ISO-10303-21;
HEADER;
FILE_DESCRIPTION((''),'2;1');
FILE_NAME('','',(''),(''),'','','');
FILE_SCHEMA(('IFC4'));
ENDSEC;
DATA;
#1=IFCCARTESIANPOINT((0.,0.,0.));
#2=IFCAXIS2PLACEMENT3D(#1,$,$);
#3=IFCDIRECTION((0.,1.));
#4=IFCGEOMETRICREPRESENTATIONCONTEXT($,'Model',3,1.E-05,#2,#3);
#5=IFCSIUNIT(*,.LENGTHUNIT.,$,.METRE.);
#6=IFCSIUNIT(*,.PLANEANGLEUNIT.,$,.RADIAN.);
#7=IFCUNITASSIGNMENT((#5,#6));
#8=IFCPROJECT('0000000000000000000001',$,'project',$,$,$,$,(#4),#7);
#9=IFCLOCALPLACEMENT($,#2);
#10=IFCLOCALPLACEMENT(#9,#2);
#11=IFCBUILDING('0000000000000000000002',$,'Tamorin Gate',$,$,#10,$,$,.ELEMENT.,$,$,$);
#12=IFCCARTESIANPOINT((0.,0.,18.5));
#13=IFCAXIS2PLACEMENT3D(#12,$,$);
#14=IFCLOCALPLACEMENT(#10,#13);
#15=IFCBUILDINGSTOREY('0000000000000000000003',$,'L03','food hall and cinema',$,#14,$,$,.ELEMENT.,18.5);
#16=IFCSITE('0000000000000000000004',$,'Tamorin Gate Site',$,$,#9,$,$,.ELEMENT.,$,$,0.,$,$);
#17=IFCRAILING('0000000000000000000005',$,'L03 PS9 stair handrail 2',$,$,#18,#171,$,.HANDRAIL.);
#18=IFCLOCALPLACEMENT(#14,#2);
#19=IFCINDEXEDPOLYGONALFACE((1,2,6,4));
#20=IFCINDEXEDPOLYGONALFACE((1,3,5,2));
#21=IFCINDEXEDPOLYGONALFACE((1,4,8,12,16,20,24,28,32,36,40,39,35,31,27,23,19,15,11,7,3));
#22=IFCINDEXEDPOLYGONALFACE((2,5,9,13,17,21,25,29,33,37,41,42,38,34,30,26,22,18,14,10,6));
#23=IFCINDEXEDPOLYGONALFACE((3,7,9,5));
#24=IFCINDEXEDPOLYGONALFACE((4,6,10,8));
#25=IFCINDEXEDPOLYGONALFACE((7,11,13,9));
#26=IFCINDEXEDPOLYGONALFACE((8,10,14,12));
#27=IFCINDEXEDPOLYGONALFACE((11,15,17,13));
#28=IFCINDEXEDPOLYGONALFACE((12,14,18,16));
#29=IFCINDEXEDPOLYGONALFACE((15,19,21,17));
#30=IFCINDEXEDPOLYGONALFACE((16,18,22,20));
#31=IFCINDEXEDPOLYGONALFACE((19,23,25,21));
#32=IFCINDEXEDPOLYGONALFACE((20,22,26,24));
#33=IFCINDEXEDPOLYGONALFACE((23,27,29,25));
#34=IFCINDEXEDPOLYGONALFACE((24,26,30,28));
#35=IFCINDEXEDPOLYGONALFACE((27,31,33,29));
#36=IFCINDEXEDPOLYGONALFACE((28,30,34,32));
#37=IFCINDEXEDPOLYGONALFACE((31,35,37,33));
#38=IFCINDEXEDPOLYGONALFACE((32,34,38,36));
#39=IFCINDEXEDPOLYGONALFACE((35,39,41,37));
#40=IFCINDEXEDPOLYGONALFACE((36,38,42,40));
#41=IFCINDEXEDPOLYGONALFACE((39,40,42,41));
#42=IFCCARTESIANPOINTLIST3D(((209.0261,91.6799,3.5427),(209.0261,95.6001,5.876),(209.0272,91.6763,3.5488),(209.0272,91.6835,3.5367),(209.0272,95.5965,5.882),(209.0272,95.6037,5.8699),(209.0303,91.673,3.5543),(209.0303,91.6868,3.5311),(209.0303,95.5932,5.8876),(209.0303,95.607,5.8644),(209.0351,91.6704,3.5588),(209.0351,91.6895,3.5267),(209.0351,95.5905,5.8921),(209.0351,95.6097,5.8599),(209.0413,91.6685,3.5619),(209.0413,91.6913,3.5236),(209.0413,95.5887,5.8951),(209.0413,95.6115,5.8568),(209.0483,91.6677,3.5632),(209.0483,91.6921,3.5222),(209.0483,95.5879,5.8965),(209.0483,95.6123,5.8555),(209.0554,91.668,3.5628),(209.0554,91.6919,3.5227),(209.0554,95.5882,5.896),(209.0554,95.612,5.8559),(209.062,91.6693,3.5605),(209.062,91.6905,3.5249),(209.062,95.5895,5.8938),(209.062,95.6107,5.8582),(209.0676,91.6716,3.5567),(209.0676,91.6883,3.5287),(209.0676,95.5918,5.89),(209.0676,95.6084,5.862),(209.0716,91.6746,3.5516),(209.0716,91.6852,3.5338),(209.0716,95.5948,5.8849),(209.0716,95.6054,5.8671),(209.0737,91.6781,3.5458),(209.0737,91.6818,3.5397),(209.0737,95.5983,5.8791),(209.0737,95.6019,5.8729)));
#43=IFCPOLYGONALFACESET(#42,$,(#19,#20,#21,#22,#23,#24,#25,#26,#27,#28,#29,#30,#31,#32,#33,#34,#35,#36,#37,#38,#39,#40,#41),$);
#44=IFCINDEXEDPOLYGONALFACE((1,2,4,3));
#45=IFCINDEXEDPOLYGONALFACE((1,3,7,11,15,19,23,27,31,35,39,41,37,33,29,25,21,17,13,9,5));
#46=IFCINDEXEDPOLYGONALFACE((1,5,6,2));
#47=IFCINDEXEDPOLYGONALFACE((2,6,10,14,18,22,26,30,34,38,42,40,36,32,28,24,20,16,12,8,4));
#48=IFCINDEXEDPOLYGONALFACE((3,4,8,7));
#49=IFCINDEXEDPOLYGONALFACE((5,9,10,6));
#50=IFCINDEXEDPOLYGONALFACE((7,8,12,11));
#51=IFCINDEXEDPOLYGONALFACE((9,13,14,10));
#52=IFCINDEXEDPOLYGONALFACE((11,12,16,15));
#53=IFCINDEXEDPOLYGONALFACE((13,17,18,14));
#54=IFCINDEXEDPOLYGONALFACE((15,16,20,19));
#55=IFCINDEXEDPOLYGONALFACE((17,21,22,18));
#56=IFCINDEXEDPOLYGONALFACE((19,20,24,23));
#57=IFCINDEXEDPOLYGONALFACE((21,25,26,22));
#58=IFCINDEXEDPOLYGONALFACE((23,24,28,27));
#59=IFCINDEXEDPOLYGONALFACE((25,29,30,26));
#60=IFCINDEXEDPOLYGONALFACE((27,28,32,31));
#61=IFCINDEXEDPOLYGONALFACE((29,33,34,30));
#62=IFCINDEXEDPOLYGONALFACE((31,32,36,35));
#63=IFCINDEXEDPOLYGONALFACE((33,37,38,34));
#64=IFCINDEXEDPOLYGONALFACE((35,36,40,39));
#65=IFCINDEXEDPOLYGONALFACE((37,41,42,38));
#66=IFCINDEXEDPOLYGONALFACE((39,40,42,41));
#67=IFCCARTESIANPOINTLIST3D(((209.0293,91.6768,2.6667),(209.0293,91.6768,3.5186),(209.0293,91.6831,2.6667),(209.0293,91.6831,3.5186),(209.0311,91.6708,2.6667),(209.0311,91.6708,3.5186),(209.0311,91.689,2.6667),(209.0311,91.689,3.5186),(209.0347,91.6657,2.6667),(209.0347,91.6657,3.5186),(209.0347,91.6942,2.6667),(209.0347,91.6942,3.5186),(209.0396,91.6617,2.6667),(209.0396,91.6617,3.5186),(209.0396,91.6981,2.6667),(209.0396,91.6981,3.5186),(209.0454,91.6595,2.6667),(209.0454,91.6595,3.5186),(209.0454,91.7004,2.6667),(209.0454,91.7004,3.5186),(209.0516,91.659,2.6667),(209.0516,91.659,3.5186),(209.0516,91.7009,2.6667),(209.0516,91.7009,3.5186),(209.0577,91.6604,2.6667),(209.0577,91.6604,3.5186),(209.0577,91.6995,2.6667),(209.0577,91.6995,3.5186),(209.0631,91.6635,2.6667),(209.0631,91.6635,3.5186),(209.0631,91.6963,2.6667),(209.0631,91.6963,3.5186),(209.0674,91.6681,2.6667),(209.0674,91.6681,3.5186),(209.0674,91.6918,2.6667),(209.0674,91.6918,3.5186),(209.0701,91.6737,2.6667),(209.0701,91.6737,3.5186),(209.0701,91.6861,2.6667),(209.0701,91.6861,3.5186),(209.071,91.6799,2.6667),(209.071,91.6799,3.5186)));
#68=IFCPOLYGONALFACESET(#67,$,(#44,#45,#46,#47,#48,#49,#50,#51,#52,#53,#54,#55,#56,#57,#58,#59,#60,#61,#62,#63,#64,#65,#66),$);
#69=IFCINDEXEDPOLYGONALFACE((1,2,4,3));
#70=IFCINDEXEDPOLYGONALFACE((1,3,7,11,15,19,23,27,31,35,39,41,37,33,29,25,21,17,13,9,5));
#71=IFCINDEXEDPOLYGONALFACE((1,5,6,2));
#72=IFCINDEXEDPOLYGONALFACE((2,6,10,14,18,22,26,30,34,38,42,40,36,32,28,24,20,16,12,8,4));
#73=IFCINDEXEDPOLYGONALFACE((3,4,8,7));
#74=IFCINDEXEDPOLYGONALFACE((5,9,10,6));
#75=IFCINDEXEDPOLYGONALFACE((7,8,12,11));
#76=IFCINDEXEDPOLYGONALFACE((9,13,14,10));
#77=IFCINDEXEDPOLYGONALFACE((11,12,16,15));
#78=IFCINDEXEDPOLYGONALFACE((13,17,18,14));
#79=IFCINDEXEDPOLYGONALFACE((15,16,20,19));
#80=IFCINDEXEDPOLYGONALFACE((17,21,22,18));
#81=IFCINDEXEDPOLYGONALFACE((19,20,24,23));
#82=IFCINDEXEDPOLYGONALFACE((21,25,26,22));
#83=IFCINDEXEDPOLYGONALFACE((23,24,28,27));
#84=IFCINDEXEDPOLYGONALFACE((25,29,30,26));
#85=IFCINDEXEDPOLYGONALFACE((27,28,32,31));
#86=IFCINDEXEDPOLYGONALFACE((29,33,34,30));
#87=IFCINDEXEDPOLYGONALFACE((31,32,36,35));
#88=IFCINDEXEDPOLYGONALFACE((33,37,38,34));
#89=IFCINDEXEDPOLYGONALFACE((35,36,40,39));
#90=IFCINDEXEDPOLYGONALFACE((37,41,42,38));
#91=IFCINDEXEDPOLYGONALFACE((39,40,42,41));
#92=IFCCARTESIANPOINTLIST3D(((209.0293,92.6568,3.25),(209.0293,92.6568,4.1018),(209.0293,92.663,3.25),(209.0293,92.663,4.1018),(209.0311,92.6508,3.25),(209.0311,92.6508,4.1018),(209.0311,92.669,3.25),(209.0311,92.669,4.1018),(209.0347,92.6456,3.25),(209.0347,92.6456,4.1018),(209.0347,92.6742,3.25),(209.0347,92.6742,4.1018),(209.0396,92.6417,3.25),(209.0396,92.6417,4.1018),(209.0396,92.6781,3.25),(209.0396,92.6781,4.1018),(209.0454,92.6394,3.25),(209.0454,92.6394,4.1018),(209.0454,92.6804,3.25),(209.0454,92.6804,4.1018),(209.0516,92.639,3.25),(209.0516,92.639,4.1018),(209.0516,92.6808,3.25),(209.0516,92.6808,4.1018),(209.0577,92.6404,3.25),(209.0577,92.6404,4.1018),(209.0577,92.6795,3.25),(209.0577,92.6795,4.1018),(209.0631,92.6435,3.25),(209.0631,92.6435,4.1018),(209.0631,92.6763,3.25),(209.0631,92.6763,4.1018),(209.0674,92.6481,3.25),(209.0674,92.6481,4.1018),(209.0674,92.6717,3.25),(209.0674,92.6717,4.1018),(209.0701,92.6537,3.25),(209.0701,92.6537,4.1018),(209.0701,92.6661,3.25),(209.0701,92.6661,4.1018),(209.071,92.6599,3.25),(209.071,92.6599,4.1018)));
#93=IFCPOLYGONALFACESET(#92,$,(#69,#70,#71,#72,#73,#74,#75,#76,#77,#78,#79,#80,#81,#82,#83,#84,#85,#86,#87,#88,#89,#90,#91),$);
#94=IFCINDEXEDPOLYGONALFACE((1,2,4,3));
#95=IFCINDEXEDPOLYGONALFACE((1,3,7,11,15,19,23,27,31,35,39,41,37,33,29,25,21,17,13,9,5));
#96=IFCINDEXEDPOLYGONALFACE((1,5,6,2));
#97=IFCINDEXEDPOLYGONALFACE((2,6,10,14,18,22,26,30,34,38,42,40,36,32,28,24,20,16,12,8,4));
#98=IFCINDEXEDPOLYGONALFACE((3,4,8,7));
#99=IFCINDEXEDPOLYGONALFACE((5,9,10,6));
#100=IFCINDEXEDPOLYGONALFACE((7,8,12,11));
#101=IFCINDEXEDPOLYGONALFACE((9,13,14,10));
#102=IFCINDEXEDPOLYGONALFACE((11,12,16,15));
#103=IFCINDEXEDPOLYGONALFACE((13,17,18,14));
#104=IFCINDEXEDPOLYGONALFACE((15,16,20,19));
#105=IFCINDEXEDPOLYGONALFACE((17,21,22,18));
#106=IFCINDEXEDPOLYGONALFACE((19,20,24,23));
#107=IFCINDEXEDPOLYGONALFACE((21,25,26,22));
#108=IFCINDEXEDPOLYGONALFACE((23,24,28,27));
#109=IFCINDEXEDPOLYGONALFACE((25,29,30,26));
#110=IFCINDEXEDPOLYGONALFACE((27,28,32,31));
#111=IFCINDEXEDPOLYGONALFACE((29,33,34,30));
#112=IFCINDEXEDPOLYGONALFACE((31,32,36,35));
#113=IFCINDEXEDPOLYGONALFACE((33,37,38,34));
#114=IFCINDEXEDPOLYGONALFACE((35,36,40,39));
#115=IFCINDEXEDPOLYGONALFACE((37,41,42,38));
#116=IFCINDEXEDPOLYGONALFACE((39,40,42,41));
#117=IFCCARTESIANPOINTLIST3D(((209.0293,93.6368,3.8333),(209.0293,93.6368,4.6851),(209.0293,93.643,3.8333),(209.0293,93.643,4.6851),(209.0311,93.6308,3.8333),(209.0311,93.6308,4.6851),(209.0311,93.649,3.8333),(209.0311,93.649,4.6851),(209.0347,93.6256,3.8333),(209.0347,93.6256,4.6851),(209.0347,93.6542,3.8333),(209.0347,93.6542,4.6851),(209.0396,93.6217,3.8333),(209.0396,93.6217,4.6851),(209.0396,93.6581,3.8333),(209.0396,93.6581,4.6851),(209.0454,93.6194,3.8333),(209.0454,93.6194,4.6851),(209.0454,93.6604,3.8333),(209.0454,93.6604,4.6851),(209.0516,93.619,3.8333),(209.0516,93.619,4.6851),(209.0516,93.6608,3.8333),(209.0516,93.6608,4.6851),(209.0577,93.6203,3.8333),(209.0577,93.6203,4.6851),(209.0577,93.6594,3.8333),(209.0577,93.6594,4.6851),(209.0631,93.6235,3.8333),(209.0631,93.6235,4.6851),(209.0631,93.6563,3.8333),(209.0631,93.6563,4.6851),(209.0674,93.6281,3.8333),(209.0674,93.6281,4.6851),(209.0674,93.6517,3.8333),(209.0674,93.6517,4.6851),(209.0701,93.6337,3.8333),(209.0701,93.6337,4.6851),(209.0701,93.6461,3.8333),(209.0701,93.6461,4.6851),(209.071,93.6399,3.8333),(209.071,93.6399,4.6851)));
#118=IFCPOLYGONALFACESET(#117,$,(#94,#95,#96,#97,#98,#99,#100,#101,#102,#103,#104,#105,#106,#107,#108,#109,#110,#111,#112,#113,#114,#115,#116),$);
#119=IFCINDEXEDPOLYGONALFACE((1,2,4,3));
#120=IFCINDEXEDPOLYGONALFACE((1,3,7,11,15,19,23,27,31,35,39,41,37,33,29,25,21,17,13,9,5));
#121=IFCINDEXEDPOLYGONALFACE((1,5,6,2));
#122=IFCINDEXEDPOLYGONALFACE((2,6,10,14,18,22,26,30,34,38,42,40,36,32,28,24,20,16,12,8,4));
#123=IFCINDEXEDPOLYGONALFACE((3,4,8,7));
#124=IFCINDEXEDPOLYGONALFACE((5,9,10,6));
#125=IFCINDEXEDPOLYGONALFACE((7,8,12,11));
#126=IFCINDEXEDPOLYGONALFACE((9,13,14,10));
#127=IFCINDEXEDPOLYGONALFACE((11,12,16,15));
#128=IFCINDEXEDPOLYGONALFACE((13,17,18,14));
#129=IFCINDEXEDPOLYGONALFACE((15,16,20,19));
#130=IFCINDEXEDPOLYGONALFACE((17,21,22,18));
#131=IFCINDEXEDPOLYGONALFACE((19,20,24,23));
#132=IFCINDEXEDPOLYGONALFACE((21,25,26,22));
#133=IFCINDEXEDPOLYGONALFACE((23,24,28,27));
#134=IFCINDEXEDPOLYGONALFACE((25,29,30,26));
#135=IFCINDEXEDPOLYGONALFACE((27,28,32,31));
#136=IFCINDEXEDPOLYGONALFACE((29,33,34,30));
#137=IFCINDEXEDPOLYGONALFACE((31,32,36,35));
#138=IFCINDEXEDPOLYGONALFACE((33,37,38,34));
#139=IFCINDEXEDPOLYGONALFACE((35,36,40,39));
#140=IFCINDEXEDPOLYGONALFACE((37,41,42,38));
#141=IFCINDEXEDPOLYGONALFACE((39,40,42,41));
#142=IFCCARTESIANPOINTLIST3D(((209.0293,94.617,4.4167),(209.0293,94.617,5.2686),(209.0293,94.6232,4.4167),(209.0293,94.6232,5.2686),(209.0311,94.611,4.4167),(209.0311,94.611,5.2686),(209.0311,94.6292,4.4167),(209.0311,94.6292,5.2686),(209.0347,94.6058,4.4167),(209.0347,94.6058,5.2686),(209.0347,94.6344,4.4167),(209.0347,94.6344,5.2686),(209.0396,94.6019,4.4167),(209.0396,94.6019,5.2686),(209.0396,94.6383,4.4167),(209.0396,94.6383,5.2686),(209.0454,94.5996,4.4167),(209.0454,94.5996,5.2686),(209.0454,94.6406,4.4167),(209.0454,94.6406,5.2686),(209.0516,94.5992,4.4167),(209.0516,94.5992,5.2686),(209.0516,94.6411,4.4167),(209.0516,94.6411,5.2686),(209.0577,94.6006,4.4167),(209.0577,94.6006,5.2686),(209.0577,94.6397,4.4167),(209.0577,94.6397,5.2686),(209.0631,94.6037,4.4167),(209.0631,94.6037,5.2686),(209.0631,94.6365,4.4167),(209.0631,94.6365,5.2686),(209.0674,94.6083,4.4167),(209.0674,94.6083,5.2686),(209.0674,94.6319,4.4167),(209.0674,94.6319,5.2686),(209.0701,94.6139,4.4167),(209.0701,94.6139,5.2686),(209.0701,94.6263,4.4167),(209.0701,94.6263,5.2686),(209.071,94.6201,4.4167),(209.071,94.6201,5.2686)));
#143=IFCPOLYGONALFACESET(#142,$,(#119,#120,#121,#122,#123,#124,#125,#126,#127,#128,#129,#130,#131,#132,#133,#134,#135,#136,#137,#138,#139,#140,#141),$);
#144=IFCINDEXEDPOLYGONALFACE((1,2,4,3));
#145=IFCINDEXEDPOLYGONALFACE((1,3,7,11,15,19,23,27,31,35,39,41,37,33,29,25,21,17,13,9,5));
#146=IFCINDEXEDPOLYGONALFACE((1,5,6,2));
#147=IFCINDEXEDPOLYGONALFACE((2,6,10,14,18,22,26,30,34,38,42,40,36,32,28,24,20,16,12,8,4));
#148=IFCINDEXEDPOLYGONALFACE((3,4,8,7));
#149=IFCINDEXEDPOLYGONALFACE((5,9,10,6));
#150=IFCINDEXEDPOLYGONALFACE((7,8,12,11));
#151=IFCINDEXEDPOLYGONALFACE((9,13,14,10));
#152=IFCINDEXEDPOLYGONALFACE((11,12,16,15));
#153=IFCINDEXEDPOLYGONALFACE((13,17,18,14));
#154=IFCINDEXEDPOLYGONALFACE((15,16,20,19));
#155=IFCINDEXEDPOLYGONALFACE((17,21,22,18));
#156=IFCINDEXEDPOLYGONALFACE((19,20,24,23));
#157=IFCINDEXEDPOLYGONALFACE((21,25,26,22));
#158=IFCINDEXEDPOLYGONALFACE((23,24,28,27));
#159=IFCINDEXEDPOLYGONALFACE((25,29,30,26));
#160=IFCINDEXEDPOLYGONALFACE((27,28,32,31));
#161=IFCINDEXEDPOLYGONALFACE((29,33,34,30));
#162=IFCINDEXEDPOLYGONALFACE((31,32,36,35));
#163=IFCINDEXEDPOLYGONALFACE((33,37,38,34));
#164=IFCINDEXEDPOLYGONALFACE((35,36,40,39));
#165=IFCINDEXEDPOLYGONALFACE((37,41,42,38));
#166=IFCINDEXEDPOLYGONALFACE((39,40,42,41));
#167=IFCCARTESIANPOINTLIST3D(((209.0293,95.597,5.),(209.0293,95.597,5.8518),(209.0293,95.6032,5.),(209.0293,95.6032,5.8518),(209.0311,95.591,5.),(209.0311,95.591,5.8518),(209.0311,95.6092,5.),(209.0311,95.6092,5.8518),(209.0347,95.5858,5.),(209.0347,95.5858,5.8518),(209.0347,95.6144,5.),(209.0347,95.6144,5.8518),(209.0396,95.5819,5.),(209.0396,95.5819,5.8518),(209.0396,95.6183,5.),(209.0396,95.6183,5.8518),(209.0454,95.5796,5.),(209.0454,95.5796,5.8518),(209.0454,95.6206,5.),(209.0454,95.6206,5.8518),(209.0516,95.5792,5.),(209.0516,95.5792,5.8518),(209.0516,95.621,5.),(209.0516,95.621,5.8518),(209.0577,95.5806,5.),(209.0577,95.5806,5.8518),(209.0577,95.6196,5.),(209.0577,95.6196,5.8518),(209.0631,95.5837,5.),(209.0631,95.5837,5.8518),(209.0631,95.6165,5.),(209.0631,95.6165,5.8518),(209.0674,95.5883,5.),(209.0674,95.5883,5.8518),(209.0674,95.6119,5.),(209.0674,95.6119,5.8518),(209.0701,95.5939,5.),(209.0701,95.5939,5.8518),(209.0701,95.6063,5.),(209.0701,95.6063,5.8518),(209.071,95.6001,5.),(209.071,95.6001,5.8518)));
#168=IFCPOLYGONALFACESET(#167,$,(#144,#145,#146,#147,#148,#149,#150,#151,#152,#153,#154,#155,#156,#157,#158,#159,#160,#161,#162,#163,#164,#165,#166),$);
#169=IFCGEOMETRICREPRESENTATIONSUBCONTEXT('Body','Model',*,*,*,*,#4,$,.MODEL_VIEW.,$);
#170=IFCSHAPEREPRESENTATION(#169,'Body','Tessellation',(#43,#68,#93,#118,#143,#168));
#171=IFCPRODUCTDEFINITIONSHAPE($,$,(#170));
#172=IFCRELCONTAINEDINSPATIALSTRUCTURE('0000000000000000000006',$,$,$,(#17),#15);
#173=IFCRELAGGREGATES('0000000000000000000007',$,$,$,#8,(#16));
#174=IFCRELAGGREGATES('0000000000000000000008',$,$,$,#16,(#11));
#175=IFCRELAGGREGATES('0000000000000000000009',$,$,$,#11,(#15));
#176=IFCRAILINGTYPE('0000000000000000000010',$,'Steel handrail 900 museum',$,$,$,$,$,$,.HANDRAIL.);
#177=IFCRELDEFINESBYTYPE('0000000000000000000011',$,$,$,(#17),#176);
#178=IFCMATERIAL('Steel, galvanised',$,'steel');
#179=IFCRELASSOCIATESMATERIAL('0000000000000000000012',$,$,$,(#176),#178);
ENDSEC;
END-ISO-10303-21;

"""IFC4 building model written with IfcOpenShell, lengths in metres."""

from ifc_helpers import new_model, si_unit, direction, frame, origin, origin_2d, place, context, subcontext, project, spatial, circle, extrude, material, type_object, element, save


model = new_model("IFC4")

# Units and contexts
model_context = context("Model", 3, precision=1e-05, world=origin(), true_north=direction((0.0, 1.0)))
body_context = subcontext(model_context, "Body", "Model", "MODEL_VIEW")
ifc_project = project(units=[si_unit("LENGTHUNIT", "METRE"), si_unit("PLANEANGLEUNIT", "RADIAN")], contexts=[model_context])

# Site, building, storey
site_placement = place(None, origin())
site = spatial("IfcSite", under=ifc_project, at=site_placement, Name="Tamorin Gate Site", CompositionType="ELEMENT", RefElevation=0.0)
building_placement = place(site_placement, origin())
building = spatial("IfcBuilding", under=site, at=building_placement, Name="Tamorin Gate", CompositionType="ELEMENT")
storey_placement = place(building_placement, frame((0.0, 0.0, 18.5)))
storey = spatial("IfcBuildingStorey", under=building, at=storey_placement, Name="L03", Description="food hall and cinema", CompositionType="ELEMENT", Elevation=18.5)

# Railing
ifc_material_1 = material(Name="Steel, galvanised", Category="steel")
railing_type_1 = type_object("IfcRailingType", Name="Steel handrail 900 museum", PredefinedType="HANDRAIL", material=ifc_material_1)
railing_1_placement = place(storey_placement, frame((209.05, 91.6799, 2.6667)))
element("IfcRailing", 1, at=railing_1_placement, inside=storey, type_object=railing_type_1, Name="L03 PS9 stair handrail 2", PredefinedType="HANDRAIL", context=body_context, shape_type="SweptSolid", body=[
    extrude(circle(Radius=0.0239, at=origin_2d()), frame((0.0, 0.0, 0.876), z_axis=(0.0, 0.85931, 0.511455), x_axis=(-1.0, 0.0, 0.0)), (0.0, 0.0, 1.0), 4.562),
    extrude(circle(Radius=0.021, at=origin_2d()), origin(), (0.0, 0.0, 1.0), 0.8518),
    extrude(circle(Radius=0.021, at=origin_2d()), frame((0.0, 0.98, 0.5833)), (0.0, 0.0, 1.0), 0.8518),
    extrude(circle(Radius=0.021, at=origin_2d()), frame((0.0, 1.96, 1.1665)), (0.0, 0.0, 1.0), 0.8518),
    extrude(circle(Radius=0.021, at=origin_2d()), frame((0.0, 2.9402, 1.75)), (0.0, 0.0, 1.0), 0.8518),
    extrude(circle(Radius=0.021, at=origin_2d()), frame((0.0, 3.9202, 2.3333)), (0.0, 0.0, 1.0), 0.8518),
])

save(model, "model.ifc")
